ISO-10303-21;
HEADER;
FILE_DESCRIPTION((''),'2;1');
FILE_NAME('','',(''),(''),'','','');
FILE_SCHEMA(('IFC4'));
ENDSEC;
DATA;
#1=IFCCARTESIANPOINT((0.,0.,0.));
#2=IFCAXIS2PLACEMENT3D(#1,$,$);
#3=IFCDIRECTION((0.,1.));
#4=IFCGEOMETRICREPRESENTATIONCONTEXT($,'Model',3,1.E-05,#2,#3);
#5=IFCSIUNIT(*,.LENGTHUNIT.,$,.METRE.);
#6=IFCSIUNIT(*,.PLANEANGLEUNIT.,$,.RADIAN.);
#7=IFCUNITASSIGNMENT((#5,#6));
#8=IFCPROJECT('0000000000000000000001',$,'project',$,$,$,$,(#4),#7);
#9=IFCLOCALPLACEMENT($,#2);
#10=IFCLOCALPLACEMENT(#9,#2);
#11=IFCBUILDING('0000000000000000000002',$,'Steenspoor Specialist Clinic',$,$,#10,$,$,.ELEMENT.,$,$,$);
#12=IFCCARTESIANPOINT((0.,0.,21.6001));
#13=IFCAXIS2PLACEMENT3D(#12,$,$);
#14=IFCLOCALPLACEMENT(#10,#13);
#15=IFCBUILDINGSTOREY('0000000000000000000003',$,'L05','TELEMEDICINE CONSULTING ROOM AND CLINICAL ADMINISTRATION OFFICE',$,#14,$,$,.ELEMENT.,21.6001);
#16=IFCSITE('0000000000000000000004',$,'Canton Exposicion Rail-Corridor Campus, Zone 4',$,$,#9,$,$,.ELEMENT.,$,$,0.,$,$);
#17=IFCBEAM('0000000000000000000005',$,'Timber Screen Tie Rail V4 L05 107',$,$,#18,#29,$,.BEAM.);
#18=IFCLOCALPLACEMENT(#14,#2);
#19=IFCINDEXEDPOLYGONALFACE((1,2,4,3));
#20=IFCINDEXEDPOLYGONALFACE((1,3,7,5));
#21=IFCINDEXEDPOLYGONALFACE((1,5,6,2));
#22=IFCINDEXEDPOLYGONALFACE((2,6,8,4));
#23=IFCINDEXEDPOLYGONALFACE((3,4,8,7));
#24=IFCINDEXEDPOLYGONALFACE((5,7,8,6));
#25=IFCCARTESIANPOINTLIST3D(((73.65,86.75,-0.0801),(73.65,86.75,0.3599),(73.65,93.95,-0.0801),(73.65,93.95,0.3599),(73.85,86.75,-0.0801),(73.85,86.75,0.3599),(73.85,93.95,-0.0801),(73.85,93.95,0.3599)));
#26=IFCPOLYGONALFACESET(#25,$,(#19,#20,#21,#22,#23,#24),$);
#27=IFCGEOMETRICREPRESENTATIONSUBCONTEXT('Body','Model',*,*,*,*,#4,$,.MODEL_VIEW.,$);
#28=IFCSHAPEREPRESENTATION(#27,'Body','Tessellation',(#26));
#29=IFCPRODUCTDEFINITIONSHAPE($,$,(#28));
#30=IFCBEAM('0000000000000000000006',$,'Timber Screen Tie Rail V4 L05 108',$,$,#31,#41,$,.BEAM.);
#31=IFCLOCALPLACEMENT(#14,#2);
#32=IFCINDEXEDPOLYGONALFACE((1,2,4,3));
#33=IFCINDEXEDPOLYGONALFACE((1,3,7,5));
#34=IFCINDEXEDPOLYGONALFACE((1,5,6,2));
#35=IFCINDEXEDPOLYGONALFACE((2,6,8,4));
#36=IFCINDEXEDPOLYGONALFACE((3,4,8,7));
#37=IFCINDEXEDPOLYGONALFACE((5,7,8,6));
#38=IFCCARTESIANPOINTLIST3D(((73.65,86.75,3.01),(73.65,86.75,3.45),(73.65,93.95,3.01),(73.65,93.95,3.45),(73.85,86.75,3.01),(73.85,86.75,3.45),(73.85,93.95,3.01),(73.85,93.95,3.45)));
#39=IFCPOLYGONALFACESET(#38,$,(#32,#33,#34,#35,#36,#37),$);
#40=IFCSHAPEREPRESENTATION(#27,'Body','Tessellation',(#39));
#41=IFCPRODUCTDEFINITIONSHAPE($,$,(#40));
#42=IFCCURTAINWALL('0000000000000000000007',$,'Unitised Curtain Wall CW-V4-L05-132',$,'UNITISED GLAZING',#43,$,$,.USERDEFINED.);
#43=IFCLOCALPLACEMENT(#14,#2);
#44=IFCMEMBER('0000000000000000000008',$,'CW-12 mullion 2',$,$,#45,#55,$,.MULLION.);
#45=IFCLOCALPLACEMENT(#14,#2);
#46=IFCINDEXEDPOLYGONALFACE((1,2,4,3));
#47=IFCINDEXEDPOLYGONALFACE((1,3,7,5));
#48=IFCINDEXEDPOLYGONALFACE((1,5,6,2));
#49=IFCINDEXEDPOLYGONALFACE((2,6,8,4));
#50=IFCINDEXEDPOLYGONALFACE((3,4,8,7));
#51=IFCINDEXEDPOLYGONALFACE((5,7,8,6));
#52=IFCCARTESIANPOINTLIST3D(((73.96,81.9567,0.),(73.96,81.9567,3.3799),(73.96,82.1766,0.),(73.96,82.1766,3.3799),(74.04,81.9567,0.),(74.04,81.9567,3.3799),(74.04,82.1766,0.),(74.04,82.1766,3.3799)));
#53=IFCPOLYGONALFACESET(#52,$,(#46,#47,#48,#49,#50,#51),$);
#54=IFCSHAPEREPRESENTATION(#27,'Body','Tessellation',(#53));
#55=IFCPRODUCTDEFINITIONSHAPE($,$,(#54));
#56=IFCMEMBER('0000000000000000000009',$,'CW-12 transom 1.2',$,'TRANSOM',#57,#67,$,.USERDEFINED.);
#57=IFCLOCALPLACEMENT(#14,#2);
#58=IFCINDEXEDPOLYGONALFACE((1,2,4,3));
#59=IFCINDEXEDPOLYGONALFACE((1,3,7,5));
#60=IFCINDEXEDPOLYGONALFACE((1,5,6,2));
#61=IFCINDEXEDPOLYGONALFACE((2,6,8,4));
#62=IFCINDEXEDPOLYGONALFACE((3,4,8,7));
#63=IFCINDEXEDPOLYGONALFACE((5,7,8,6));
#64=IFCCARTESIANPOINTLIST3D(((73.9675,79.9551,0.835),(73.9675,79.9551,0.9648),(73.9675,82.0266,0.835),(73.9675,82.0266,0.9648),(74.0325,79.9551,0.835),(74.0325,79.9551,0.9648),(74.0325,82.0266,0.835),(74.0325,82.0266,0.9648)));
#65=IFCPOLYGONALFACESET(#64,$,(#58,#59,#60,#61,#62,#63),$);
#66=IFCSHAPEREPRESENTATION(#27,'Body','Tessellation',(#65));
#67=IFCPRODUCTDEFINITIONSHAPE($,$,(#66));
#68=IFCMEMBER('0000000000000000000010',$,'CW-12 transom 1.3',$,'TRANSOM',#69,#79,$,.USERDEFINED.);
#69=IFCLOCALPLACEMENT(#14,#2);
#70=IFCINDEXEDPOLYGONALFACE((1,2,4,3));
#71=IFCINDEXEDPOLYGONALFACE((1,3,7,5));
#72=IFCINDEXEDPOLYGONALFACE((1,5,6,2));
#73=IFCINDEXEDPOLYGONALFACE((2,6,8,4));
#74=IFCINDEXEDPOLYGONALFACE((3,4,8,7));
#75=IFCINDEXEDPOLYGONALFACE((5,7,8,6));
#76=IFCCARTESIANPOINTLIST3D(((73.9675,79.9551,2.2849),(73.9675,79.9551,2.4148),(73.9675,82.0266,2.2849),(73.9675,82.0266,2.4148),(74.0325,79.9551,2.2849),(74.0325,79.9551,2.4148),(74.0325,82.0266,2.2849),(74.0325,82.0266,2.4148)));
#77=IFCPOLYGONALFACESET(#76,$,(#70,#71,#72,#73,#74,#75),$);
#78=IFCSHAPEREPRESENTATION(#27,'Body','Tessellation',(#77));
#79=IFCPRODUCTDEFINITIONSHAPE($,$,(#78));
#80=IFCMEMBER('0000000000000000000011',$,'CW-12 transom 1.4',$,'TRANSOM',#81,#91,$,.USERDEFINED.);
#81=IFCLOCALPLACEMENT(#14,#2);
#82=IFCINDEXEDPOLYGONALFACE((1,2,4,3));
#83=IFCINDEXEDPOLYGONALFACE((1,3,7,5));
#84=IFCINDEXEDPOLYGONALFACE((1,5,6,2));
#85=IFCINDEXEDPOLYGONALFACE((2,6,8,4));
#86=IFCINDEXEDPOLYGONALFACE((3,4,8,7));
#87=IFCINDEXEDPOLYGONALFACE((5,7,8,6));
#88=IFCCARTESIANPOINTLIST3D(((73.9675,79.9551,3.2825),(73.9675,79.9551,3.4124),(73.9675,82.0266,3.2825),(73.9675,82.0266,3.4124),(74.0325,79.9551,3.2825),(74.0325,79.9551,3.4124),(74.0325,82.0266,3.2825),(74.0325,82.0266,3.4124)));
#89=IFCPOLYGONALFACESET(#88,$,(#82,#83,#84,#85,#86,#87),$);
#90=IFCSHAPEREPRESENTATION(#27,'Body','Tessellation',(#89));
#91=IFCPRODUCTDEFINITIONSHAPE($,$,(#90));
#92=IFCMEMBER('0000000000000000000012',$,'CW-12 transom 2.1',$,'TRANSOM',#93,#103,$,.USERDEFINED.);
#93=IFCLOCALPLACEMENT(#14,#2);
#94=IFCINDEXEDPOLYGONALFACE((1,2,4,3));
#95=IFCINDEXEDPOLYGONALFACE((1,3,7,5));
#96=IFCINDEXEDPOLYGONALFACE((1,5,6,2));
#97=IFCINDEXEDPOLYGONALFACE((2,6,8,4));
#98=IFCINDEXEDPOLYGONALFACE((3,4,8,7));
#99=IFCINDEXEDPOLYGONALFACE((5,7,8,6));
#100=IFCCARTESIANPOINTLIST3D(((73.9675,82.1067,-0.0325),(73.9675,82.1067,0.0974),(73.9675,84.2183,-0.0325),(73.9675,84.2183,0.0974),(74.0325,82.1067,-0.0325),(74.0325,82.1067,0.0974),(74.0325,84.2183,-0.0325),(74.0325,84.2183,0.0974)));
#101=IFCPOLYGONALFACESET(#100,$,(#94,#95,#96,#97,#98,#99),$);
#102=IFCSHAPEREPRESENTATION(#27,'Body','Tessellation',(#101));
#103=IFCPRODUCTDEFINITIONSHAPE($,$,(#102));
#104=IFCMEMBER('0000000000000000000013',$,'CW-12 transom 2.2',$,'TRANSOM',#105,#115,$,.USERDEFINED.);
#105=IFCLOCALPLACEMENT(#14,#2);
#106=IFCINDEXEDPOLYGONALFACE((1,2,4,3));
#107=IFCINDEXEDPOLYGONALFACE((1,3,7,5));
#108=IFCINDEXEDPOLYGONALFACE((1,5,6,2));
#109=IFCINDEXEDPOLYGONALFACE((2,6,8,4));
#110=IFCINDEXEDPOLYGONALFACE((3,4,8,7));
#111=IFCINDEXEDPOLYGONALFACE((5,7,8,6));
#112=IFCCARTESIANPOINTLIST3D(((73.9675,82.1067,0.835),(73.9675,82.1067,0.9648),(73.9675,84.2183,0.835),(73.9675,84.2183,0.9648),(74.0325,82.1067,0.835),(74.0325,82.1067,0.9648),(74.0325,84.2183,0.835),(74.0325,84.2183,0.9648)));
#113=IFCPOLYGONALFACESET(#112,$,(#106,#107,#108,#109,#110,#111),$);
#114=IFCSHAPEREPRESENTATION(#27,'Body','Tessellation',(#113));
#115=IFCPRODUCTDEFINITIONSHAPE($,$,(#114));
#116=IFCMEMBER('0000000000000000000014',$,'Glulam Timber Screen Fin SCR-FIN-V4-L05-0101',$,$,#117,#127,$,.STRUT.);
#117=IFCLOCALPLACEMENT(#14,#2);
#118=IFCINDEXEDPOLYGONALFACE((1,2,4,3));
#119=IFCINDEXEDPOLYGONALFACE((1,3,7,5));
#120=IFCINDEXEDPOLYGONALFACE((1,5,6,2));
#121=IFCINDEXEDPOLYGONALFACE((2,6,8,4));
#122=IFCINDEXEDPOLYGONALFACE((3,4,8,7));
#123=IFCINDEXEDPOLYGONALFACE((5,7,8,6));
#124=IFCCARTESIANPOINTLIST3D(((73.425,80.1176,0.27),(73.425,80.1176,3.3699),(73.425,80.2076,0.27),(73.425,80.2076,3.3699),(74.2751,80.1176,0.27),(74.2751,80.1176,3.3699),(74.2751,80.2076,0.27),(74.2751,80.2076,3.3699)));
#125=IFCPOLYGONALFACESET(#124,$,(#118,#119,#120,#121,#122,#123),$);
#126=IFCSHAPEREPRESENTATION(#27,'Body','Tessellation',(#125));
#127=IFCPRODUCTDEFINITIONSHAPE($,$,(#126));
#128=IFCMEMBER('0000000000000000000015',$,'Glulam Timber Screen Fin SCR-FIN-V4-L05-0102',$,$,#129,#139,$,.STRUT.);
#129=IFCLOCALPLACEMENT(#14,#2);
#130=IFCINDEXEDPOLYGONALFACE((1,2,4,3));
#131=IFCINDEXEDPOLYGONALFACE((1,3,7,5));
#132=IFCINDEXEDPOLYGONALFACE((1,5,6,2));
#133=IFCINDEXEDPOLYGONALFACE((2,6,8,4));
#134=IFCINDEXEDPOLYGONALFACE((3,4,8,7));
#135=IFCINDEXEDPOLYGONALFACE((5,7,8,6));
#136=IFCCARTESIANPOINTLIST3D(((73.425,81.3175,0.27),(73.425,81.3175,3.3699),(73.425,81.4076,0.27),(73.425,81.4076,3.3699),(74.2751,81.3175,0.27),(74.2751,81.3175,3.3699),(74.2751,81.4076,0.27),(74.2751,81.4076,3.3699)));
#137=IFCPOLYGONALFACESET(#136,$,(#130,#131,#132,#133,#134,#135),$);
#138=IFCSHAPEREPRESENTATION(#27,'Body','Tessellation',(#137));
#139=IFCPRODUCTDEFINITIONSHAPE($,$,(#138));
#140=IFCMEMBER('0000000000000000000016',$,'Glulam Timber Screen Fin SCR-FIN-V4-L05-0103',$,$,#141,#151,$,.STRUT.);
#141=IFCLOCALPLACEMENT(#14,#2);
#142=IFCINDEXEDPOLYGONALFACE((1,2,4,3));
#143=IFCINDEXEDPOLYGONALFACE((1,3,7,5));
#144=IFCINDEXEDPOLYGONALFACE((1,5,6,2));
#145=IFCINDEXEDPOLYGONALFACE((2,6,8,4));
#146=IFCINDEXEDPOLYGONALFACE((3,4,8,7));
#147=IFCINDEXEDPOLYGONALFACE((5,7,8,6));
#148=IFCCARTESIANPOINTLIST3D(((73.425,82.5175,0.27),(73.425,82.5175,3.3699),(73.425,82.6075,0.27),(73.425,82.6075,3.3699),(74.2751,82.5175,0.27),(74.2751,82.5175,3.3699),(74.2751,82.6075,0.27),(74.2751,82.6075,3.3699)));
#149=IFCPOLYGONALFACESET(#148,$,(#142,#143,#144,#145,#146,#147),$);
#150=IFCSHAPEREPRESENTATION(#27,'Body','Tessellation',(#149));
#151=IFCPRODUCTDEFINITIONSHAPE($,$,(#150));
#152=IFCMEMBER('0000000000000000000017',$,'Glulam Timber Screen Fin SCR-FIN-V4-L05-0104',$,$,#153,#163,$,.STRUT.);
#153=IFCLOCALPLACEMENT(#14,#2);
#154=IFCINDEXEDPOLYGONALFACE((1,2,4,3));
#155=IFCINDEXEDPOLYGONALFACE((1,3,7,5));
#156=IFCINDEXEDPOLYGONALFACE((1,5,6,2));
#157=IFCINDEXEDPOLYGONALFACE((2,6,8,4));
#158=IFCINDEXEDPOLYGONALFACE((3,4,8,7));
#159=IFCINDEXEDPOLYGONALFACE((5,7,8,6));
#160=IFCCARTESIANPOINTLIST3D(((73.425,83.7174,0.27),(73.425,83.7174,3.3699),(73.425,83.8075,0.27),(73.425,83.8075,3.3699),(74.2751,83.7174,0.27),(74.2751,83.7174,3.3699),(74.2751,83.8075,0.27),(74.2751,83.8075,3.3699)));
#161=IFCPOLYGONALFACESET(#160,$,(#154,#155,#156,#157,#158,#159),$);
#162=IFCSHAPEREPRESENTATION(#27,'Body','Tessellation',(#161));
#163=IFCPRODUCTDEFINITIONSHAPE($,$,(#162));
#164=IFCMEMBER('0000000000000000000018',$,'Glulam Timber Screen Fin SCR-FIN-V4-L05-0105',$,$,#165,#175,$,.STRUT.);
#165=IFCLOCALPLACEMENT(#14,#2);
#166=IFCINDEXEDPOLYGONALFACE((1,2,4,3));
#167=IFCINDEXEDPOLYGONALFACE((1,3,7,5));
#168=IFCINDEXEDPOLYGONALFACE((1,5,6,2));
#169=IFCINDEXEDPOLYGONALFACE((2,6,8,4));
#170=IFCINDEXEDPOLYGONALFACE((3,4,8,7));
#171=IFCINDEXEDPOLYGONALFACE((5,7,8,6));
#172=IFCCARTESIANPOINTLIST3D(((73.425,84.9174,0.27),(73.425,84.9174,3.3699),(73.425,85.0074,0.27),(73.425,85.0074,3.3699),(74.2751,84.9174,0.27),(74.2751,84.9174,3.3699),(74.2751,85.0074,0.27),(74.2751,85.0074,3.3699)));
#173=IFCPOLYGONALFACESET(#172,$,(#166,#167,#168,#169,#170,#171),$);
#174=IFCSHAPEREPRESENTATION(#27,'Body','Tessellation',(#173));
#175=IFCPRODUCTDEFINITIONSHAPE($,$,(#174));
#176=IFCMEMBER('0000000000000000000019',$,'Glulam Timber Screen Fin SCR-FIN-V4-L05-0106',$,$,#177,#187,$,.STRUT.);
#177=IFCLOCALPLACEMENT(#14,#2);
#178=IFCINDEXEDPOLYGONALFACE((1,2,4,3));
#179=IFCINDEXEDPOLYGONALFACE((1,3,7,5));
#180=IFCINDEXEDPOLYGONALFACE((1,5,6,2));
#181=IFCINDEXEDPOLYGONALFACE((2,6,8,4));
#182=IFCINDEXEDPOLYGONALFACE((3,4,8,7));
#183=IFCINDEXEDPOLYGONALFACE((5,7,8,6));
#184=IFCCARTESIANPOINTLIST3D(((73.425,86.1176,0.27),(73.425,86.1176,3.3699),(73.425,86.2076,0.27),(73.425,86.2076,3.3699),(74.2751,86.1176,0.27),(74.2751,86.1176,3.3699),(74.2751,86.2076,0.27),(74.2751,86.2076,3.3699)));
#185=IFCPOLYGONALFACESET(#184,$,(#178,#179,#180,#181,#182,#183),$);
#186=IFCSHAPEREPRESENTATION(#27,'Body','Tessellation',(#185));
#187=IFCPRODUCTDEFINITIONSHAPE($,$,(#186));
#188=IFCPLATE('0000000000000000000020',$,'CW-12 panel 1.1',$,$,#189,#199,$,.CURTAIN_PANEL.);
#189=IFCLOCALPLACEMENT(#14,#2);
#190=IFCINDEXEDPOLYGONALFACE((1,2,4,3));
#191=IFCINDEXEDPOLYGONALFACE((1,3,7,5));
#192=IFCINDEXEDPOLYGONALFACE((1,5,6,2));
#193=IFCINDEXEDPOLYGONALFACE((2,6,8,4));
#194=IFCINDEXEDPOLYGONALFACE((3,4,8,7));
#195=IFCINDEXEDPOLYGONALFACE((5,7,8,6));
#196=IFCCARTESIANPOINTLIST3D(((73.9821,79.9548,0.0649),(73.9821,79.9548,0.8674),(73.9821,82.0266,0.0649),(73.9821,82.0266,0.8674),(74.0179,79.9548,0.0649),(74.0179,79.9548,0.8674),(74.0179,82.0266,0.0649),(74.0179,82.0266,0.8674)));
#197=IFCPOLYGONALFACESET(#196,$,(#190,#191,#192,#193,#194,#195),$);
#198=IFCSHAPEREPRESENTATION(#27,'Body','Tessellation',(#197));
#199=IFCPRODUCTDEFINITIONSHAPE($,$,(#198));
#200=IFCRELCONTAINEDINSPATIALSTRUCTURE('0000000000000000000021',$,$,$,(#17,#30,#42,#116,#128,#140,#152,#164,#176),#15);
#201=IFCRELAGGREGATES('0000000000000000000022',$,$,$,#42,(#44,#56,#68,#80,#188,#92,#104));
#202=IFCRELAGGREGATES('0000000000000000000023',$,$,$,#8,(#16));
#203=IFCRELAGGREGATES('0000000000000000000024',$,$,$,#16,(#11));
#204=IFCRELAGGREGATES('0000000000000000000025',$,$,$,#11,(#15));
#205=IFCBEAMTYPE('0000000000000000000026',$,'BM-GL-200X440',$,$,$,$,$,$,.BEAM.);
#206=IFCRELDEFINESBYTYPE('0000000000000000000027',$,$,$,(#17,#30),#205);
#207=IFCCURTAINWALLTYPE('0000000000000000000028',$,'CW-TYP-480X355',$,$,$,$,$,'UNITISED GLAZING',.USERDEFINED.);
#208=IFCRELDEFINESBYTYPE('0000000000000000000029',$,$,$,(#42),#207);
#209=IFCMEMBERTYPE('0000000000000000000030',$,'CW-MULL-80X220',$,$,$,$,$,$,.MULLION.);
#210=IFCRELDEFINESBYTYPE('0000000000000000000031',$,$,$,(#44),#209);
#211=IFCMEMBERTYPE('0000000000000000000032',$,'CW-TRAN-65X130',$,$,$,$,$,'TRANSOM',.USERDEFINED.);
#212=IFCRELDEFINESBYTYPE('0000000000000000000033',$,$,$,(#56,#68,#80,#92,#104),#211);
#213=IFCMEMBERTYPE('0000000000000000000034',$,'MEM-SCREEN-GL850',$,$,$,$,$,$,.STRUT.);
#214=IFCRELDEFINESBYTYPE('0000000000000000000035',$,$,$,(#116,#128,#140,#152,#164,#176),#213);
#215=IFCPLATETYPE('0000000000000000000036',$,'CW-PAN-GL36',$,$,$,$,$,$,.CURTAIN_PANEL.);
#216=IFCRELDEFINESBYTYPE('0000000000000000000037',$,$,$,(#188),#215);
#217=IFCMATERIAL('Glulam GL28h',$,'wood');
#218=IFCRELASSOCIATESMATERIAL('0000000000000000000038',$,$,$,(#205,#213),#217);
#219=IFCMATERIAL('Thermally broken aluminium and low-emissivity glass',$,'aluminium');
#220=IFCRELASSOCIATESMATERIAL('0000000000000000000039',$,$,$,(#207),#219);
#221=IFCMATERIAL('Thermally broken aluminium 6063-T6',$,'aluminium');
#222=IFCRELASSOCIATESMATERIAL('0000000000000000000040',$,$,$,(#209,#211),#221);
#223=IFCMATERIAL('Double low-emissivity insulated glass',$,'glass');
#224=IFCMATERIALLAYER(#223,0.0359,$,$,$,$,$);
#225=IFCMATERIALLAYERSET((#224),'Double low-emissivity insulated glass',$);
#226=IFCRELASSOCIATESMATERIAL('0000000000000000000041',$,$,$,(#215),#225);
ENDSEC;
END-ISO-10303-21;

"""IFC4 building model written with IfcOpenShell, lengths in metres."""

from ifc_helpers import new_model, si_unit, direction, frame, origin, origin_2d, place, context, subcontext, project, spatial, rectangle, extrude, material, layer, layer_set, material_profile, profile_set, type_object, element, aggregate, save


model = new_model("IFC4")

# Units and contexts
model_context = context("Model", 3, precision=1e-05, world=origin(), true_north=direction((0.0, 1.0)))
body_context = subcontext(model_context, "Body", "Model", "MODEL_VIEW")
ifc_project = project(units=[si_unit("LENGTHUNIT", "METRE"), si_unit("PLANEANGLEUNIT", "RADIAN")], contexts=[model_context])

# Site, building, storey
site_placement = place(None, origin())
site = spatial("IfcSite", under=ifc_project, at=site_placement, Name="Canton Exposicion Rail-Corridor Campus, Zone 4", CompositionType="ELEMENT", RefElevation=0.0)
building_placement = place(site_placement, origin())
building = spatial("IfcBuilding", under=site, at=building_placement, Name="Steenspoor Specialist Clinic", CompositionType="ELEMENT")
storey_placement = place(building_placement, frame((0.0, 0.0, 21.6001)))
storey = spatial("IfcBuildingStorey", under=building, at=storey_placement, Name="L05", Description="TELEMEDICINE CONSULTING ROOM AND CLINICAL ADMINISTRATION OFFICE", CompositionType="ELEMENT", Elevation=21.6001)

# Beams
ifc_material_1 = material(Name="Glulam GL28h", Category="wood")
ifc_material_profile_1 = material_profile(ifc_material_1, rectangle(XDim=0.2, YDim=0.4399, at=origin_2d()), Name="GL28H-200X440")
ifc_profile_set_1 = profile_set([ifc_material_profile_1], Name="Glulam GL28h")
beam_type = type_object("IfcBeamType", Name="BM-GL-200X440", PredefinedType="BEAM", material=ifc_profile_set_1)
for number, where, z_axis, x_axis, name in (
    (1, (73.75, 86.75, 0.1399), (0.0, 1.0, 0.0), (-1.0, 0.0, 0.0), "Timber Screen Tie Rail V4 L05 107"),
    (2, (73.75, 86.75, 3.23), (0.0, 1.0, 0.0), (-1.0, 0.0, 0.0), "Timber Screen Tie Rail V4 L05 108"),
):
    element("IfcBeam", number, at=place(storey_placement, frame(where, z_axis=z_axis, x_axis=x_axis)), inside=storey, type_object=beam_type, Name=name, PredefinedType="BEAM", context=body_context, shape_type="SweptSolid", body=[
        extrude(rectangle(XDim=0.2, YDim=0.4399, at=origin_2d()), origin(), (0.0, 0.0, 1.0), 7.2),
    ])

# Curtain wall, members
ifc_material_2 = material(Name="Thermally broken aluminium and low-emissivity glass", Category="aluminium")
curtain_wall_type = type_object("IfcCurtainWallType", Name="CW-TYP-480X355", ElementType="UNITISED GLAZING", PredefinedType="USERDEFINED", material=ifc_material_2)
curtain_wall_placement = place(storey_placement, origin())
curtain_wall = element("IfcCurtainWall", 3, at=curtain_wall_placement, inside=storey, type_object=curtain_wall_type, Name="Unitised Curtain Wall CW-V4-L05-132", ObjectType="UNITISED GLAZING", PredefinedType="USERDEFINED")
ifc_material_3 = material(Name="Thermally broken aluminium 6063-T6", Category="aluminium")
ifc_material_profile_2 = material_profile(ifc_material_3, rectangle(XDim=0.0801, YDim=0.22, at=origin_2d()), Name="CWM-80X220")
ifc_profile_set_2 = profile_set([ifc_material_profile_2], Name="Thermally broken aluminium 6063-T6")
member_type_1 = type_object("IfcMemberType", Name="CW-MULL-80X220", PredefinedType="MULLION", material=ifc_profile_set_2)
member_1_placement = place(storey_placement, frame((74.0, 82.0667, 0.0), z_axis=(0.0, 0.0, 1.0), x_axis=(-1.0, 0.0, 0.0)))
member_1 = element("IfcMember", 4, at=member_1_placement, type_object=member_type_1, Name="CW-12 mullion 2", PredefinedType="MULLION", context=body_context, shape_type="SweptSolid", body=[
    extrude(rectangle(XDim=0.0801, YDim=0.22, at=origin_2d()), origin(), (0.0, 0.0, 1.0), 3.3799),
])
ifc_material_profile_3 = material_profile(ifc_material_3, rectangle(XDim=0.0649, YDim=0.1299, at=origin_2d()), Name="CWT-65X130")
ifc_profile_set_3 = profile_set([ifc_material_profile_3], Name="Thermally broken aluminium 6063-T6")
member_type_2 = type_object("IfcMemberType", Name="CW-TRAN-65X130", ElementType="TRANSOM", PredefinedType="USERDEFINED", material=ifc_profile_set_3)
member_2_placement = place(storey_placement, frame((74.0, 79.9551, 0.8999), z_axis=(0.0, 1.0, 0.0), x_axis=(-1.0, 0.0, 0.0)))
member_2 = element("IfcMember", 5, at=member_2_placement, type_object=member_type_2, Name="CW-12 transom 1.2", ObjectType="TRANSOM", PredefinedType="USERDEFINED", context=body_context, shape_type="SweptSolid", body=[
    extrude(rectangle(XDim=0.0649, YDim=0.1299, at=origin_2d()), origin(), (0.0, 0.0, 1.0), 2.0715),
])
member_3_placement = place(storey_placement, frame((74.0, 79.9551, 2.3499), z_axis=(0.0, 1.0, 0.0), x_axis=(-1.0, 0.0, 0.0)))
member_3 = element("IfcMember", 6, at=member_3_placement, type_object=member_type_2, Name="CW-12 transom 1.3", ObjectType="TRANSOM", PredefinedType="USERDEFINED", context=body_context, shape_type="SweptSolid", body=[
    extrude(rectangle(XDim=0.0649, YDim=0.1299, at=origin_2d()), origin(), (0.0, 0.0, 1.0), 2.0715),
])
member_4_placement = place(storey_placement, frame((74.0, 79.9551, 3.3474), z_axis=(0.0, 1.0, 0.0), x_axis=(-1.0, 0.0, 0.0)))
member_4 = element("IfcMember", 7, at=member_4_placement, type_object=member_type_2, Name="CW-12 transom 1.4", ObjectType="TRANSOM", PredefinedType="USERDEFINED", context=body_context, shape_type="SweptSolid", body=[
    extrude(rectangle(XDim=0.0649, YDim=0.1299, at=origin_2d()), origin(), (0.0, 0.0, 1.0), 2.0715),
])
member_5_placement = place(storey_placement, frame((74.0, 82.1067, 0.0325), z_axis=(0.0, 1.0, 0.0), x_axis=(-1.0, 0.0, 0.0)))
member_5 = element("IfcMember", 8, at=member_5_placement, type_object=member_type_2, Name="CW-12 transom 2.1", ObjectType="TRANSOM", PredefinedType="USERDEFINED", context=body_context, shape_type="SweptSolid", body=[
    extrude(rectangle(XDim=0.0649, YDim=0.1299, at=origin_2d()), origin(), (0.0, 0.0, 1.0), 2.1116),
])
member_6_placement = place(storey_placement, frame((74.0, 82.1067, 0.8999), z_axis=(0.0, 1.0, 0.0), x_axis=(-1.0, 0.0, 0.0)))
member_6 = element("IfcMember", 9, at=member_6_placement, type_object=member_type_2, Name="CW-12 transom 2.2", ObjectType="TRANSOM", PredefinedType="USERDEFINED", context=body_context, shape_type="SweptSolid", body=[
    extrude(rectangle(XDim=0.0649, YDim=0.1299, at=origin_2d()), origin(), (0.0, 0.0, 1.0), 2.1116),
])

# Members
ifc_material_profile_4 = material_profile(ifc_material_1, rectangle(XDim=0.0901, YDim=0.8501, at=origin_2d()), Name="GL28H-90X850")
ifc_profile_set_4 = profile_set([ifc_material_profile_4], Name="Glulam GL28h")
member_type_3 = type_object("IfcMemberType", Name="MEM-SCREEN-GL850", PredefinedType="STRUT", material=ifc_profile_set_4)
for number, where, z_axis, x_axis, name in (
    (10, (73.8501, 80.1626, 0.27), (0.0, 0.0, 1.0), (0.0, 1.0, 0.0), "Glulam Timber Screen Fin SCR-FIN-V4-L05-0101"),
    (11, (73.8501, 81.3625, 0.27), (0.0, 0.0, 1.0), (0.0, 1.0, 0.0), "Glulam Timber Screen Fin SCR-FIN-V4-L05-0102"),
    (12, (73.8501, 82.5625, 0.27), (0.0, 0.0, 1.0), (0.0, 1.0, 0.0), "Glulam Timber Screen Fin SCR-FIN-V4-L05-0103"),
    (13, (73.8501, 83.7625, 0.27), (0.0, 0.0, 1.0), (0.0, 1.0, 0.0), "Glulam Timber Screen Fin SCR-FIN-V4-L05-0104"),
    (14, (73.8501, 84.9624, 0.27), (0.0, 0.0, 1.0), (0.0, 1.0, 0.0), "Glulam Timber Screen Fin SCR-FIN-V4-L05-0105"),
    (15, (73.8501, 86.1626, 0.27), (0.0, 0.0, 1.0), (0.0, 1.0, 0.0), "Glulam Timber Screen Fin SCR-FIN-V4-L05-0106"),
):
    element("IfcMember", number, at=place(storey_placement, frame(where, z_axis=z_axis, x_axis=x_axis)), inside=storey, type_object=member_type_3, Name=name, PredefinedType="STRUT", context=body_context, shape_type="SweptSolid", body=[
        extrude(rectangle(XDim=0.0901, YDim=0.8501, at=origin_2d()), origin(), (0.0, 0.0, 1.0), 3.0999),
    ])

# Plate
ifc_material_4 = material(Name="Double low-emissivity insulated glass", Category="glass")
ifc_layer = layer(ifc_material_4, 0.0359)
ifc_layer_set = layer_set([ifc_layer], Name="Double low-emissivity insulated glass")
plate_type = type_object("IfcPlateType", Name="CW-PAN-GL36", PredefinedType="CURTAIN_PANEL", material=ifc_layer_set)
plate_1_placement = place(storey_placement, frame((74.0, 80.9907, 0.0649), z_axis=(0.0, 0.0, 1.0), x_axis=(0.0, 1.0, 0.0)))
plate_1 = element("IfcPlate", 16, at=plate_1_placement, type_object=plate_type, Name="CW-12 panel 1.1", PredefinedType="CURTAIN_PANEL", context=body_context, shape_type="SweptSolid", body=[
    extrude(rectangle(XDim=2.0718, YDim=0.0359, at=origin_2d()), origin(), (0.0, 0.0, 1.0), 0.8025),
])
aggregate(curtain_wall, [member_1, member_2, member_3, member_4, plate_1, member_5, member_6])

save(model, "model.ifc")
